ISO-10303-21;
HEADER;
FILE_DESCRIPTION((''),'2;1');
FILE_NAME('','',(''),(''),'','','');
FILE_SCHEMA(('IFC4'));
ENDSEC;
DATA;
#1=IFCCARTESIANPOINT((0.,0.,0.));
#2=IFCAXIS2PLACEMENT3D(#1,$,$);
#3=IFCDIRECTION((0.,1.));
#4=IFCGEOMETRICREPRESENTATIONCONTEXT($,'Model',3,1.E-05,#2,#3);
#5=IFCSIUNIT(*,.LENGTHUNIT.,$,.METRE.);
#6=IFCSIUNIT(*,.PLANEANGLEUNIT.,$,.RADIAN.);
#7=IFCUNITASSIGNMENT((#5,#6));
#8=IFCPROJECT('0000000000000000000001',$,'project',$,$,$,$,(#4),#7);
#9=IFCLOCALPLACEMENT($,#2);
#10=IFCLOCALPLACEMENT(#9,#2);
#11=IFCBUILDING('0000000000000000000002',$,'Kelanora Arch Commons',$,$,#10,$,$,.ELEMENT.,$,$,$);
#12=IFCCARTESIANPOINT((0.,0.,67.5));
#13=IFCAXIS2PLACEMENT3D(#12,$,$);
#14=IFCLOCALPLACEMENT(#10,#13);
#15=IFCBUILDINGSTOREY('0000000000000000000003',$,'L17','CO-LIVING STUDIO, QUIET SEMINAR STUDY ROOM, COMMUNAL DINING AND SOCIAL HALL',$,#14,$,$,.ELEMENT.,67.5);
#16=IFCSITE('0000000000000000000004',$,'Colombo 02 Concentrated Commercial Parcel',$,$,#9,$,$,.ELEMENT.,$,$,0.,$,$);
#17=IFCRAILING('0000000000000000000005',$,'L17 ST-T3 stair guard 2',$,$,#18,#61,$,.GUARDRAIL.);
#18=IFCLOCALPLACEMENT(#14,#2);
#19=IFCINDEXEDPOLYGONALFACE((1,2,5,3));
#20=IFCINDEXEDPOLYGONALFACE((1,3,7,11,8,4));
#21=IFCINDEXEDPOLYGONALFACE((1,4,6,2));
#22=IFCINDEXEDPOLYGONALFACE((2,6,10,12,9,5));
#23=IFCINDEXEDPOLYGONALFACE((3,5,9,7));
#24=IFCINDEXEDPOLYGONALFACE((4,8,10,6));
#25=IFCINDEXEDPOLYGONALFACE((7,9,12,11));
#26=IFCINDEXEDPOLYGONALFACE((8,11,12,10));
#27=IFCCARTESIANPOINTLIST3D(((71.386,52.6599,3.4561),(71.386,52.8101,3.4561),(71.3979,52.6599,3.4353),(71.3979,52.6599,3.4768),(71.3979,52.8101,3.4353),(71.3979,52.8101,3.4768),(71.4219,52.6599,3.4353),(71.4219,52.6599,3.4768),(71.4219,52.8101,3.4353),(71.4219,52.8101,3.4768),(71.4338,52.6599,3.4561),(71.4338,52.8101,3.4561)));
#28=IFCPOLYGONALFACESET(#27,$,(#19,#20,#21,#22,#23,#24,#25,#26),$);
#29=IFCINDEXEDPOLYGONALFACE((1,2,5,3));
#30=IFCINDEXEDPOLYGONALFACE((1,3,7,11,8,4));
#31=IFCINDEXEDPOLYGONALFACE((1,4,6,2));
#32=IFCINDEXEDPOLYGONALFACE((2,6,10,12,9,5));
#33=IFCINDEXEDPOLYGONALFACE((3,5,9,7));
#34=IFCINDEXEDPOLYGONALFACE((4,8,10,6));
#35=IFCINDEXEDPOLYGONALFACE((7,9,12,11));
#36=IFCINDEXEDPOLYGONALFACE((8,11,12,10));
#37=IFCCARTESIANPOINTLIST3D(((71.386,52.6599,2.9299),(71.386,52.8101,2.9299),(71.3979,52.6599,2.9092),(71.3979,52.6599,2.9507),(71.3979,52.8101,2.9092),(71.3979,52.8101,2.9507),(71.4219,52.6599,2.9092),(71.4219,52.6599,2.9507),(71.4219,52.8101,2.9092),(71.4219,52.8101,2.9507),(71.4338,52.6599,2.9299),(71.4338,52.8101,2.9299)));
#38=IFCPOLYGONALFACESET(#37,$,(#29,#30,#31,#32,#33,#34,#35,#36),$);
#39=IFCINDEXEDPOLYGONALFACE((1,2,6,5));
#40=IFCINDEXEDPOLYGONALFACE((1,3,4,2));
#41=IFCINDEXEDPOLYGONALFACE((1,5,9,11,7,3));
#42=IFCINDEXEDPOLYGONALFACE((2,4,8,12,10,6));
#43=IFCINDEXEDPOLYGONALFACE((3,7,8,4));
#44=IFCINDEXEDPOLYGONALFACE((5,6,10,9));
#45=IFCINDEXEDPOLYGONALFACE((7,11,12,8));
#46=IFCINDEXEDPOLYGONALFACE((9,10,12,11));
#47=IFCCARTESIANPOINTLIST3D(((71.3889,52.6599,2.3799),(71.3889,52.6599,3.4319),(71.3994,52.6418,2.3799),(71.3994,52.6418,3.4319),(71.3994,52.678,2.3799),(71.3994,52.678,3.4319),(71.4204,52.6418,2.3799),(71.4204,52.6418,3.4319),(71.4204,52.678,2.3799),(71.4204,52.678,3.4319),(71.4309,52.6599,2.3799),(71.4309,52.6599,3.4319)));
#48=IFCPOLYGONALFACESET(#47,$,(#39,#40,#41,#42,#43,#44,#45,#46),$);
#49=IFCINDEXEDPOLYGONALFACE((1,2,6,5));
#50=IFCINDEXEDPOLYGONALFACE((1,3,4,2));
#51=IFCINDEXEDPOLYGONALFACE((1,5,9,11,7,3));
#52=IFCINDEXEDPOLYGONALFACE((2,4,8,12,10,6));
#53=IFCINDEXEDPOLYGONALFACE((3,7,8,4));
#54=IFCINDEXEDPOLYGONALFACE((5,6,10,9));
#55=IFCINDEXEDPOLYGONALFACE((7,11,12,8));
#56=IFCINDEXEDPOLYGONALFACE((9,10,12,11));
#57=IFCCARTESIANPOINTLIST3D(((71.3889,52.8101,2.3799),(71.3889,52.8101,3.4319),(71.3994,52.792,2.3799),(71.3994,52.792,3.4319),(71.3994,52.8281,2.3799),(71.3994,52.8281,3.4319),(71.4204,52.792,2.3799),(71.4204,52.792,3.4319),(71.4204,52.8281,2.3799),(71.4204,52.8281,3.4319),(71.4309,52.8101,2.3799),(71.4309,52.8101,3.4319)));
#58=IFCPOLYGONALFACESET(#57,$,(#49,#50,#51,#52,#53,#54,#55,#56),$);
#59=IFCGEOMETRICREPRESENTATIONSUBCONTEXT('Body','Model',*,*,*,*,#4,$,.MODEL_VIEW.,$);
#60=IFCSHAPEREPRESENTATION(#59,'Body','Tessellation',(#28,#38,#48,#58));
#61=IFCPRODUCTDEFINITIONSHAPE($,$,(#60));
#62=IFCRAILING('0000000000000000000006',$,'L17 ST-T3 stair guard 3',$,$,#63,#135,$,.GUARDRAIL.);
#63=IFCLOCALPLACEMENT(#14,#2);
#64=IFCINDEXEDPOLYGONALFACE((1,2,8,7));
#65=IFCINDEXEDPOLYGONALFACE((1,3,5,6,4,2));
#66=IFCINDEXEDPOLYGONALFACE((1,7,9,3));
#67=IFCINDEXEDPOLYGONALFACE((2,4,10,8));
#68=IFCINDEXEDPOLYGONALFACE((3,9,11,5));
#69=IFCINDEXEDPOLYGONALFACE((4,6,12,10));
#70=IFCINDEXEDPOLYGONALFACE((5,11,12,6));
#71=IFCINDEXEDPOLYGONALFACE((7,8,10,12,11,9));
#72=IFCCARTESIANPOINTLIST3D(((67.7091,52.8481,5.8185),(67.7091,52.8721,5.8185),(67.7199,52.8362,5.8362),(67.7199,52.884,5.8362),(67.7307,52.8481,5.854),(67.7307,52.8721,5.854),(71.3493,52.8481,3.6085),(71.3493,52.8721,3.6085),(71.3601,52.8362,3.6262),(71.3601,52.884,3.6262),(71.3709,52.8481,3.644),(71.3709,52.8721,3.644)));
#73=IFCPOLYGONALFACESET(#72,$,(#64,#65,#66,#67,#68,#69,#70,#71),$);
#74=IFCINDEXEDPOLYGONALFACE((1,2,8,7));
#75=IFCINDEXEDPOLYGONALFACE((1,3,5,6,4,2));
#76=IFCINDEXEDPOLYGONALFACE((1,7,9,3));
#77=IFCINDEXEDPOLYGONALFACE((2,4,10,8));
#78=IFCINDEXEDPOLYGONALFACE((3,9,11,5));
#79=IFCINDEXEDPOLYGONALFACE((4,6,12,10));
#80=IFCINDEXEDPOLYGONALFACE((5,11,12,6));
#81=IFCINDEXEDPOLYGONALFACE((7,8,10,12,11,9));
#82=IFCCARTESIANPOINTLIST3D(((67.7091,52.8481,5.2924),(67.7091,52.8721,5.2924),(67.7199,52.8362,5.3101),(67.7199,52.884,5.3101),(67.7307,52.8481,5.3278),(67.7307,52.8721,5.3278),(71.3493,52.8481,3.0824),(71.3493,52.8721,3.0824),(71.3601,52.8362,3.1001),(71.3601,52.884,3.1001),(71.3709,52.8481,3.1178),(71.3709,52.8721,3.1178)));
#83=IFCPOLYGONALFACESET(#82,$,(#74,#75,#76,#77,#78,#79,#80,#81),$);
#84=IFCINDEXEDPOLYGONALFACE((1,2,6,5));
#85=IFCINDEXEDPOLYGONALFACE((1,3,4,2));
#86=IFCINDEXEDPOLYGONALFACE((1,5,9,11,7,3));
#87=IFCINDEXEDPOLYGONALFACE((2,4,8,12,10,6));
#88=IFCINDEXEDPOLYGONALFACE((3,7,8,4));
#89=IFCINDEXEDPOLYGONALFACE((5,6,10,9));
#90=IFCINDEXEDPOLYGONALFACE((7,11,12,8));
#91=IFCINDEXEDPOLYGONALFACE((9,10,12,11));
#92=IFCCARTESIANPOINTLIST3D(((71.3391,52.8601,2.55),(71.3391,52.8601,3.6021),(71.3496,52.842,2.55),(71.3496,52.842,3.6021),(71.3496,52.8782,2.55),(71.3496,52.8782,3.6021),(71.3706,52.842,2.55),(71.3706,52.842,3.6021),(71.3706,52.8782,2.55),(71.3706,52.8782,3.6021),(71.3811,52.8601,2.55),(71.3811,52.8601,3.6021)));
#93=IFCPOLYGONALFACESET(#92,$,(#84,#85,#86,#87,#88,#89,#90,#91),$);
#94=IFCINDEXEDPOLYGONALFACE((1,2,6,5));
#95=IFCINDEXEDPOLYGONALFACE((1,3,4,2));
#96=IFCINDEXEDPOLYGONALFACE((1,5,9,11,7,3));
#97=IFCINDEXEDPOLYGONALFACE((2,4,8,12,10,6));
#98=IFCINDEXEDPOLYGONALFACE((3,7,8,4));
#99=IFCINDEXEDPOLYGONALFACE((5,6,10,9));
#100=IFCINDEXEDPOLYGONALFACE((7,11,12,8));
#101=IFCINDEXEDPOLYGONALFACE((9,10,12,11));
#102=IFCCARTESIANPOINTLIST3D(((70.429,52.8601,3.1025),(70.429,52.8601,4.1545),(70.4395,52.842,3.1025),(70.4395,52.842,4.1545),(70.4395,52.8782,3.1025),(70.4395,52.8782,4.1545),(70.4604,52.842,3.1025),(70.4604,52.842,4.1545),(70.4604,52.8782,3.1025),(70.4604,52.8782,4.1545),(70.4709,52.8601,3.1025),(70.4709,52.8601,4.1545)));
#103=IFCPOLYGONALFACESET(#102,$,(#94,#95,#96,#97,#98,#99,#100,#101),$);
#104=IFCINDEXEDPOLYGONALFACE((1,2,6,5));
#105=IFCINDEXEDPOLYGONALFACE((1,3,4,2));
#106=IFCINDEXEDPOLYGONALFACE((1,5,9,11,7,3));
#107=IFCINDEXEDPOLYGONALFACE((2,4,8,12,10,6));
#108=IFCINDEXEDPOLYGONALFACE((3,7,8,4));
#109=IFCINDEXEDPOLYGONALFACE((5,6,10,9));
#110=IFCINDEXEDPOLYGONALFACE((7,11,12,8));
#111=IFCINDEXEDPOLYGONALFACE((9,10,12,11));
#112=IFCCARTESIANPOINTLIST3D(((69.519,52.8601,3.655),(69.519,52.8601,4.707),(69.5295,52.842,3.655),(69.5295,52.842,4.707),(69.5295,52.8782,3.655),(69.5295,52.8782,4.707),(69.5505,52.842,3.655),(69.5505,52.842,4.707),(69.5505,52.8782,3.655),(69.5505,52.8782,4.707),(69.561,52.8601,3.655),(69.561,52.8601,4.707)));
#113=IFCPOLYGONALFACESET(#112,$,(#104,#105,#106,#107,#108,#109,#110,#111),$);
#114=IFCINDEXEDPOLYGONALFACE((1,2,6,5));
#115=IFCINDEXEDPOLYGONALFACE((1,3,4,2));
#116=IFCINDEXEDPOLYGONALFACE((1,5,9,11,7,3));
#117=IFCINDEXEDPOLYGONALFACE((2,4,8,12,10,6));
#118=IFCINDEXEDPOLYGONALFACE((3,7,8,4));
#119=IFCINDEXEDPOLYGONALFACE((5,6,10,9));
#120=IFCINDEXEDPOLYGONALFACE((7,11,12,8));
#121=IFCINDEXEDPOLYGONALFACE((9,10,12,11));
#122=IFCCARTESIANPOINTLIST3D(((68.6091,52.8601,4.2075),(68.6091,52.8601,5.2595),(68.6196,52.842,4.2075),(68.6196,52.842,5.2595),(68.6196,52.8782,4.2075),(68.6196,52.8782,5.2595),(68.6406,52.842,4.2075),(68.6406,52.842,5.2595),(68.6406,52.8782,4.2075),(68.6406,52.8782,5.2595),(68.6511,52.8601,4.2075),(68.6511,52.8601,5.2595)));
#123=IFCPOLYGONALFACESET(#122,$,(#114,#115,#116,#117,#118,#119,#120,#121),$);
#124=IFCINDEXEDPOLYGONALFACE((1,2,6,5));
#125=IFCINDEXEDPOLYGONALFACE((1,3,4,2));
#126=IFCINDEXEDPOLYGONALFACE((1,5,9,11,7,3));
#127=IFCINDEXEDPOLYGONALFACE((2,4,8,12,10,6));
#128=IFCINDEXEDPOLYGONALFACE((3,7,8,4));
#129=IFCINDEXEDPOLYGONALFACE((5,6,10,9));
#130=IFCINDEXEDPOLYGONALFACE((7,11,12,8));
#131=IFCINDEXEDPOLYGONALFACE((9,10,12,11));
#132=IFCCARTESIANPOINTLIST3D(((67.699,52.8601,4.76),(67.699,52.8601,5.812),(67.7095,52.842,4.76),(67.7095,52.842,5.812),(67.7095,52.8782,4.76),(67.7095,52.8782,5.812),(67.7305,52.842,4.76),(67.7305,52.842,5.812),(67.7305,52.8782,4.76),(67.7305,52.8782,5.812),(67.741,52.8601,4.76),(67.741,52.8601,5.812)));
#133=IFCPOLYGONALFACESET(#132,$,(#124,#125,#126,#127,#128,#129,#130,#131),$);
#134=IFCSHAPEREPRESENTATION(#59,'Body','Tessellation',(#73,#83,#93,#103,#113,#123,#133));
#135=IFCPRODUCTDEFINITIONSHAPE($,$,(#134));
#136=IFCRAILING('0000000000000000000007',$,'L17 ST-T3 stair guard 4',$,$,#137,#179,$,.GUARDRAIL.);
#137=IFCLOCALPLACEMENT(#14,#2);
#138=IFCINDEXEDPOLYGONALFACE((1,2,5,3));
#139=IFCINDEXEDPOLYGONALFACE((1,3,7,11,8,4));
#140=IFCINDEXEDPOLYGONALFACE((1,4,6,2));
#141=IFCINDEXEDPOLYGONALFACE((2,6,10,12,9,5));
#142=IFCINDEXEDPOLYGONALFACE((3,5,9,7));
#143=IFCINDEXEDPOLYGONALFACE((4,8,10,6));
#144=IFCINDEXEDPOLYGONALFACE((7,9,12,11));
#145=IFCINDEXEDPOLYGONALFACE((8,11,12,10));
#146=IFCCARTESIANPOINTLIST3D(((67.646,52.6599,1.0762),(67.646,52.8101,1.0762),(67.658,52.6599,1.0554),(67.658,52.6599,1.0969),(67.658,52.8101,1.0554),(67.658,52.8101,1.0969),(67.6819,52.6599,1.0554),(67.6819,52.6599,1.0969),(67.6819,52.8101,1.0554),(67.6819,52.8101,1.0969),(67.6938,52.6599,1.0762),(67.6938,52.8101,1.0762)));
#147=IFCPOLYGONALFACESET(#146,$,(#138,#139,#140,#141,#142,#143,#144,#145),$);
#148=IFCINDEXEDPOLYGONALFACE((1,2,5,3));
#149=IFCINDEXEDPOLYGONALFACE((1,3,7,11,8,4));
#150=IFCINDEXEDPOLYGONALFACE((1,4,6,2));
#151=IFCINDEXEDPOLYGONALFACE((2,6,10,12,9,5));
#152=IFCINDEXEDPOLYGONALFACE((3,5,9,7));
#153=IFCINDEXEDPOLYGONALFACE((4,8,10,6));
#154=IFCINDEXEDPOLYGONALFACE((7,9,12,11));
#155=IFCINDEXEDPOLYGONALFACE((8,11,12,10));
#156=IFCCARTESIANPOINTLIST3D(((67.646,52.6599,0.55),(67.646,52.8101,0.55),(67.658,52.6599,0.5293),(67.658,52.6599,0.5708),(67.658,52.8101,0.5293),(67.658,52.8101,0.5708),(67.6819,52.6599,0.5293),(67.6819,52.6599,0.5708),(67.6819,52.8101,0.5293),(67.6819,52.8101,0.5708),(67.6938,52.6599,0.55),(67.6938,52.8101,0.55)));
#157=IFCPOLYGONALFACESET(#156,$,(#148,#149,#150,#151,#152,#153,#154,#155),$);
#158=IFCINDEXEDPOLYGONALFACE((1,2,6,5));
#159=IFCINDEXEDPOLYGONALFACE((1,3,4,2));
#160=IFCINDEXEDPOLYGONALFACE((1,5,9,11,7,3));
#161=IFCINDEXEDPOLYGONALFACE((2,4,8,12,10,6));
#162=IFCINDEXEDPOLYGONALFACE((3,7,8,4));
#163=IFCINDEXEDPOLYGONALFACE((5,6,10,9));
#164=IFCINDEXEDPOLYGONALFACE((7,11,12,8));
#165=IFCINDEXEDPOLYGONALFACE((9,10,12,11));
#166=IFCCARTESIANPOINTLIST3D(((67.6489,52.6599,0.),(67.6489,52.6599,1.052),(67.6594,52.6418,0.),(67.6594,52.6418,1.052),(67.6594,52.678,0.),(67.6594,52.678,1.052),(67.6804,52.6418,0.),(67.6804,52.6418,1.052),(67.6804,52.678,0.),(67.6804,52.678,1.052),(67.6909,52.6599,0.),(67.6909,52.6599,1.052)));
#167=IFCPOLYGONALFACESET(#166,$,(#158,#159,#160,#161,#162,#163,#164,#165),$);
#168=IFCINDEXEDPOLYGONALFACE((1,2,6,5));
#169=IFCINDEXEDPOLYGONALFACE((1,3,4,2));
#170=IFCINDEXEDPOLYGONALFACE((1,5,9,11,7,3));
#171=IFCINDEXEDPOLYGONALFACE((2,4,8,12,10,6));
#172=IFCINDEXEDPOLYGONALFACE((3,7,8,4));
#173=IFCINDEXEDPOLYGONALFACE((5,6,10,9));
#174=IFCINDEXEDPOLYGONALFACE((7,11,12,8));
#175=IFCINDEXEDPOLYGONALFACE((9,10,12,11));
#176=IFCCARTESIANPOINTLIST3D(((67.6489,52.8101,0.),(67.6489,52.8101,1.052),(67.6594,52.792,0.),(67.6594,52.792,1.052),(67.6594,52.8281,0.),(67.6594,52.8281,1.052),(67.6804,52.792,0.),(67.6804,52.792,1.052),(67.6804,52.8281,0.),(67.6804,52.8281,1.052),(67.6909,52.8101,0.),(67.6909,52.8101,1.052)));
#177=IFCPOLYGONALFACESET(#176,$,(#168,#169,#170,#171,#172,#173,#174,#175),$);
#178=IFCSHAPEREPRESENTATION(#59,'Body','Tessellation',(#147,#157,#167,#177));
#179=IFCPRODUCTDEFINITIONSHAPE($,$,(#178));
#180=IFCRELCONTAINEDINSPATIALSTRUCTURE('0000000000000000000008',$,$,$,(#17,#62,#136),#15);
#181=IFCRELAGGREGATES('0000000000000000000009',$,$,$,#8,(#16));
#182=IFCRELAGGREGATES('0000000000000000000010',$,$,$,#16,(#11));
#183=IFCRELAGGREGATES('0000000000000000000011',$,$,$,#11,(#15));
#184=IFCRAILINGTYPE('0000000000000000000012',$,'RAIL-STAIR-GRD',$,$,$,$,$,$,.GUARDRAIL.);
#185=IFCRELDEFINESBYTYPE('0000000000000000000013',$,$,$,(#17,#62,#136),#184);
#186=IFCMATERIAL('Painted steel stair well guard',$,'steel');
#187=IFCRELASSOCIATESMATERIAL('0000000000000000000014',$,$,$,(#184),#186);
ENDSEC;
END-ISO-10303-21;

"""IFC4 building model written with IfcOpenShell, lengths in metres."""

from ifc_helpers import new_model, si_unit, direction, frame, origin, place, context, subcontext, project, spatial, polyline, outline, extrude, material, type_object, element, save


model = new_model("IFC4")

# Units and contexts
model_context = context("Model", 3, precision=1e-05, world=origin(), true_north=direction((0.0, 1.0)))
body_context = subcontext(model_context, "Body", "Model", "MODEL_VIEW")
ifc_project = project(units=[si_unit("LENGTHUNIT", "METRE"), si_unit("PLANEANGLEUNIT", "RADIAN")], contexts=[model_context])

# Site, building, storey
site_placement = place(None, origin())
site = spatial("IfcSite", under=ifc_project, at=site_placement, Name="Colombo 02 Concentrated Commercial Parcel", CompositionType="ELEMENT", RefElevation=0.0)
building_placement = place(site_placement, origin())
building = spatial("IfcBuilding", under=site, at=building_placement, Name="Kelanora Arch Commons", CompositionType="ELEMENT")
storey_placement = place(building_placement, frame((0.0, 0.0, 67.5)))
storey = spatial("IfcBuildingStorey", under=building, at=storey_placement, Name="L17", Description="CO-LIVING STUDIO, QUIET SEMINAR STUDY ROOM, COMMUNAL DINING AND SOCIAL HALL", CompositionType="ELEMENT", Elevation=67.5)

# Railings
ifc_material_1 = material(Name="Painted steel stair well guard", Category="steel")
railing_type_1 = type_object("IfcRailingType", Name="RAIL-STAIR-GRD", PredefinedType="GUARDRAIL", material=ifc_material_1)
railing_1_placement = place(storey_placement, frame((71.4099, 52.6599, 2.3799)))
element("IfcRailing", 1, at=railing_1_placement, inside=storey, type_object=railing_type_1, Name="L17 ST-T3 stair guard 2", PredefinedType="GUARDRAIL", context=body_context, shape_type="SweptSolid", body=[
    extrude(outline(polyline([(0.0239, 0.0), (0.012, 0.0208), (-0.012, 0.0208), (-0.0239, 0.0), (-0.012, -0.0208), (0.012, -0.0208), (0.0239, 0.0)])), frame((0.0, 0.0, 1.0762), z_axis=(0.0, 1.0, 0.0), x_axis=(-1.0, 0.0, 0.0)), (0.0, 0.0, 1.0), 0.1501),
    extrude(outline(polyline([(0.0239, 0.0), (0.012, 0.0208), (-0.012, 0.0208), (-0.0239, 0.0), (-0.012, -0.0208), (0.012, -0.0208), (0.0239, 0.0)])), frame((0.0, 0.0, 0.55), z_axis=(0.0, 1.0, 0.0), x_axis=(-1.0, 0.0, 0.0)), (0.0, 0.0, 1.0), 0.1501),
    extrude(outline(polyline([(0.021, 0.0), (0.0105, 0.0181), (-0.0105, 0.0181), (-0.021, 0.0), (-0.0105, -0.0181), (0.0105, -0.0181), (0.021, 0.0)])), origin(), (0.0, 0.0, 1.0), 1.052),
    extrude(outline(polyline([(0.021, 0.0), (0.0105, 0.0181), (-0.0105, 0.0181), (-0.021, 0.0), (-0.0105, -0.0181), (0.0105, -0.0181), (0.021, 0.0)])), frame((0.0, 0.1501, 0.0)), (0.0, 0.0, 1.0), 1.052),
])
railing_2_placement = place(storey_placement, frame((71.3601, 52.8601, 2.55)))
element("IfcRailing", 2, at=railing_2_placement, inside=storey, type_object=railing_type_1, Name="L17 ST-T3 stair guard 3", PredefinedType="GUARDRAIL", context=body_context, shape_type="SweptSolid", body=[
    extrude(outline(polyline([(0.0239, 0.0), (0.012, 0.0208), (-0.012, 0.0208), (-0.0239, 0.0), (-0.012, -0.0208), (0.012, -0.0208), (0.0239, 0.0)])), frame((0.0, 0.0, 1.0762), z_axis=(-0.8548, 0.0, 0.518957), x_axis=(0.0, -1.0, 0.0)), (0.0, 0.0, 1.0), 4.2585),
    extrude(outline(polyline([(0.0239, 0.0), (0.012, 0.0208), (-0.012, 0.0208), (-0.0239, 0.0), (-0.012, -0.0208), (0.012, -0.0208), (0.0239, 0.0)])), frame((0.0, 0.0, 0.55), z_axis=(-0.8548, 0.0, 0.518957), x_axis=(0.0, -1.0, 0.0)), (0.0, 0.0, 1.0), 4.2585),
    extrude(outline(polyline([(0.021, 0.0), (0.0105, 0.0181), (-0.0105, 0.0181), (-0.021, 0.0), (-0.0105, -0.0181), (0.0105, -0.0181), (0.021, 0.0)])), origin(), (0.0, 0.0, 1.0), 1.052),
    extrude(outline(polyline([(0.021, 0.0), (0.0105, 0.0181), (-0.0105, 0.0181), (-0.021, 0.0), (-0.0105, -0.0181), (0.0105, -0.0181), (0.021, 0.0)])), frame((-0.9102, 0.0, 0.5525)), (0.0, 0.0, 1.0), 1.052),
    extrude(outline(polyline([(0.021, 0.0), (0.0105, 0.0181), (-0.0105, 0.0181), (-0.021, 0.0), (-0.0105, -0.0181), (0.0105, -0.0181), (0.021, 0.0)])), frame((-1.8201, 0.0, 1.105)), (0.0, 0.0, 1.0), 1.052),
    extrude(outline(polyline([(0.021, 0.0), (0.0105, 0.0181), (-0.0105, 0.0181), (-0.021, 0.0), (-0.0105, -0.0181), (0.0105, -0.0181), (0.021, 0.0)])), frame((-2.73, 0.0, 1.6575)), (0.0, 0.0, 1.0), 1.052),
    extrude(outline(polyline([(0.021, 0.0), (0.0105, 0.0181), (-0.0105, 0.0181), (-0.021, 0.0), (-0.0105, -0.0181), (0.0105, -0.0181), (0.021, 0.0)])), frame((-3.6401, 0.0, 2.21)), (0.0, 0.0, 1.0), 1.052),
])
railing_3_placement = place(storey_placement, frame((67.6699, 52.6599, 0.0)))
element("IfcRailing", 3, at=railing_3_placement, inside=storey, type_object=railing_type_1, Name="L17 ST-T3 stair guard 4", PredefinedType="GUARDRAIL", context=body_context, shape_type="SweptSolid", body=[
    extrude(outline(polyline([(0.0239, 0.0), (0.012, 0.0208), (-0.012, 0.0208), (-0.0239, 0.0), (-0.012, -0.0208), (0.012, -0.0208), (0.0239, 0.0)])), frame((0.0, 0.0, 1.0762), z_axis=(0.0, 1.0, 0.0), x_axis=(-1.0, 0.0, 0.0)), (0.0, 0.0, 1.0), 0.1501),
    extrude(outline(polyline([(0.0239, 0.0), (0.012, 0.0208), (-0.012, 0.0208), (-0.0239, 0.0), (-0.012, -0.0208), (0.012, -0.0208), (0.0239, 0.0)])), frame((0.0, 0.0, 0.55), z_axis=(0.0, 1.0, 0.0), x_axis=(-1.0, 0.0, 0.0)), (0.0, 0.0, 1.0), 0.1501),
    extrude(outline(polyline([(0.021, 0.0), (0.0105, 0.0181), (-0.0105, 0.0181), (-0.021, 0.0), (-0.0105, -0.0181), (0.0105, -0.0181), (0.021, 0.0)])), origin(), (0.0, 0.0, 1.0), 1.052),
    extrude(outline(polyline([(0.021, 0.0), (0.0105, 0.0181), (-0.0105, 0.0181), (-0.021, 0.0), (-0.0105, -0.0181), (0.0105, -0.0181), (0.021, 0.0)])), frame((0.0, 0.1501, 0.0)), (0.0, 0.0, 1.0), 1.052),
])

save(model, "model.ifc")
